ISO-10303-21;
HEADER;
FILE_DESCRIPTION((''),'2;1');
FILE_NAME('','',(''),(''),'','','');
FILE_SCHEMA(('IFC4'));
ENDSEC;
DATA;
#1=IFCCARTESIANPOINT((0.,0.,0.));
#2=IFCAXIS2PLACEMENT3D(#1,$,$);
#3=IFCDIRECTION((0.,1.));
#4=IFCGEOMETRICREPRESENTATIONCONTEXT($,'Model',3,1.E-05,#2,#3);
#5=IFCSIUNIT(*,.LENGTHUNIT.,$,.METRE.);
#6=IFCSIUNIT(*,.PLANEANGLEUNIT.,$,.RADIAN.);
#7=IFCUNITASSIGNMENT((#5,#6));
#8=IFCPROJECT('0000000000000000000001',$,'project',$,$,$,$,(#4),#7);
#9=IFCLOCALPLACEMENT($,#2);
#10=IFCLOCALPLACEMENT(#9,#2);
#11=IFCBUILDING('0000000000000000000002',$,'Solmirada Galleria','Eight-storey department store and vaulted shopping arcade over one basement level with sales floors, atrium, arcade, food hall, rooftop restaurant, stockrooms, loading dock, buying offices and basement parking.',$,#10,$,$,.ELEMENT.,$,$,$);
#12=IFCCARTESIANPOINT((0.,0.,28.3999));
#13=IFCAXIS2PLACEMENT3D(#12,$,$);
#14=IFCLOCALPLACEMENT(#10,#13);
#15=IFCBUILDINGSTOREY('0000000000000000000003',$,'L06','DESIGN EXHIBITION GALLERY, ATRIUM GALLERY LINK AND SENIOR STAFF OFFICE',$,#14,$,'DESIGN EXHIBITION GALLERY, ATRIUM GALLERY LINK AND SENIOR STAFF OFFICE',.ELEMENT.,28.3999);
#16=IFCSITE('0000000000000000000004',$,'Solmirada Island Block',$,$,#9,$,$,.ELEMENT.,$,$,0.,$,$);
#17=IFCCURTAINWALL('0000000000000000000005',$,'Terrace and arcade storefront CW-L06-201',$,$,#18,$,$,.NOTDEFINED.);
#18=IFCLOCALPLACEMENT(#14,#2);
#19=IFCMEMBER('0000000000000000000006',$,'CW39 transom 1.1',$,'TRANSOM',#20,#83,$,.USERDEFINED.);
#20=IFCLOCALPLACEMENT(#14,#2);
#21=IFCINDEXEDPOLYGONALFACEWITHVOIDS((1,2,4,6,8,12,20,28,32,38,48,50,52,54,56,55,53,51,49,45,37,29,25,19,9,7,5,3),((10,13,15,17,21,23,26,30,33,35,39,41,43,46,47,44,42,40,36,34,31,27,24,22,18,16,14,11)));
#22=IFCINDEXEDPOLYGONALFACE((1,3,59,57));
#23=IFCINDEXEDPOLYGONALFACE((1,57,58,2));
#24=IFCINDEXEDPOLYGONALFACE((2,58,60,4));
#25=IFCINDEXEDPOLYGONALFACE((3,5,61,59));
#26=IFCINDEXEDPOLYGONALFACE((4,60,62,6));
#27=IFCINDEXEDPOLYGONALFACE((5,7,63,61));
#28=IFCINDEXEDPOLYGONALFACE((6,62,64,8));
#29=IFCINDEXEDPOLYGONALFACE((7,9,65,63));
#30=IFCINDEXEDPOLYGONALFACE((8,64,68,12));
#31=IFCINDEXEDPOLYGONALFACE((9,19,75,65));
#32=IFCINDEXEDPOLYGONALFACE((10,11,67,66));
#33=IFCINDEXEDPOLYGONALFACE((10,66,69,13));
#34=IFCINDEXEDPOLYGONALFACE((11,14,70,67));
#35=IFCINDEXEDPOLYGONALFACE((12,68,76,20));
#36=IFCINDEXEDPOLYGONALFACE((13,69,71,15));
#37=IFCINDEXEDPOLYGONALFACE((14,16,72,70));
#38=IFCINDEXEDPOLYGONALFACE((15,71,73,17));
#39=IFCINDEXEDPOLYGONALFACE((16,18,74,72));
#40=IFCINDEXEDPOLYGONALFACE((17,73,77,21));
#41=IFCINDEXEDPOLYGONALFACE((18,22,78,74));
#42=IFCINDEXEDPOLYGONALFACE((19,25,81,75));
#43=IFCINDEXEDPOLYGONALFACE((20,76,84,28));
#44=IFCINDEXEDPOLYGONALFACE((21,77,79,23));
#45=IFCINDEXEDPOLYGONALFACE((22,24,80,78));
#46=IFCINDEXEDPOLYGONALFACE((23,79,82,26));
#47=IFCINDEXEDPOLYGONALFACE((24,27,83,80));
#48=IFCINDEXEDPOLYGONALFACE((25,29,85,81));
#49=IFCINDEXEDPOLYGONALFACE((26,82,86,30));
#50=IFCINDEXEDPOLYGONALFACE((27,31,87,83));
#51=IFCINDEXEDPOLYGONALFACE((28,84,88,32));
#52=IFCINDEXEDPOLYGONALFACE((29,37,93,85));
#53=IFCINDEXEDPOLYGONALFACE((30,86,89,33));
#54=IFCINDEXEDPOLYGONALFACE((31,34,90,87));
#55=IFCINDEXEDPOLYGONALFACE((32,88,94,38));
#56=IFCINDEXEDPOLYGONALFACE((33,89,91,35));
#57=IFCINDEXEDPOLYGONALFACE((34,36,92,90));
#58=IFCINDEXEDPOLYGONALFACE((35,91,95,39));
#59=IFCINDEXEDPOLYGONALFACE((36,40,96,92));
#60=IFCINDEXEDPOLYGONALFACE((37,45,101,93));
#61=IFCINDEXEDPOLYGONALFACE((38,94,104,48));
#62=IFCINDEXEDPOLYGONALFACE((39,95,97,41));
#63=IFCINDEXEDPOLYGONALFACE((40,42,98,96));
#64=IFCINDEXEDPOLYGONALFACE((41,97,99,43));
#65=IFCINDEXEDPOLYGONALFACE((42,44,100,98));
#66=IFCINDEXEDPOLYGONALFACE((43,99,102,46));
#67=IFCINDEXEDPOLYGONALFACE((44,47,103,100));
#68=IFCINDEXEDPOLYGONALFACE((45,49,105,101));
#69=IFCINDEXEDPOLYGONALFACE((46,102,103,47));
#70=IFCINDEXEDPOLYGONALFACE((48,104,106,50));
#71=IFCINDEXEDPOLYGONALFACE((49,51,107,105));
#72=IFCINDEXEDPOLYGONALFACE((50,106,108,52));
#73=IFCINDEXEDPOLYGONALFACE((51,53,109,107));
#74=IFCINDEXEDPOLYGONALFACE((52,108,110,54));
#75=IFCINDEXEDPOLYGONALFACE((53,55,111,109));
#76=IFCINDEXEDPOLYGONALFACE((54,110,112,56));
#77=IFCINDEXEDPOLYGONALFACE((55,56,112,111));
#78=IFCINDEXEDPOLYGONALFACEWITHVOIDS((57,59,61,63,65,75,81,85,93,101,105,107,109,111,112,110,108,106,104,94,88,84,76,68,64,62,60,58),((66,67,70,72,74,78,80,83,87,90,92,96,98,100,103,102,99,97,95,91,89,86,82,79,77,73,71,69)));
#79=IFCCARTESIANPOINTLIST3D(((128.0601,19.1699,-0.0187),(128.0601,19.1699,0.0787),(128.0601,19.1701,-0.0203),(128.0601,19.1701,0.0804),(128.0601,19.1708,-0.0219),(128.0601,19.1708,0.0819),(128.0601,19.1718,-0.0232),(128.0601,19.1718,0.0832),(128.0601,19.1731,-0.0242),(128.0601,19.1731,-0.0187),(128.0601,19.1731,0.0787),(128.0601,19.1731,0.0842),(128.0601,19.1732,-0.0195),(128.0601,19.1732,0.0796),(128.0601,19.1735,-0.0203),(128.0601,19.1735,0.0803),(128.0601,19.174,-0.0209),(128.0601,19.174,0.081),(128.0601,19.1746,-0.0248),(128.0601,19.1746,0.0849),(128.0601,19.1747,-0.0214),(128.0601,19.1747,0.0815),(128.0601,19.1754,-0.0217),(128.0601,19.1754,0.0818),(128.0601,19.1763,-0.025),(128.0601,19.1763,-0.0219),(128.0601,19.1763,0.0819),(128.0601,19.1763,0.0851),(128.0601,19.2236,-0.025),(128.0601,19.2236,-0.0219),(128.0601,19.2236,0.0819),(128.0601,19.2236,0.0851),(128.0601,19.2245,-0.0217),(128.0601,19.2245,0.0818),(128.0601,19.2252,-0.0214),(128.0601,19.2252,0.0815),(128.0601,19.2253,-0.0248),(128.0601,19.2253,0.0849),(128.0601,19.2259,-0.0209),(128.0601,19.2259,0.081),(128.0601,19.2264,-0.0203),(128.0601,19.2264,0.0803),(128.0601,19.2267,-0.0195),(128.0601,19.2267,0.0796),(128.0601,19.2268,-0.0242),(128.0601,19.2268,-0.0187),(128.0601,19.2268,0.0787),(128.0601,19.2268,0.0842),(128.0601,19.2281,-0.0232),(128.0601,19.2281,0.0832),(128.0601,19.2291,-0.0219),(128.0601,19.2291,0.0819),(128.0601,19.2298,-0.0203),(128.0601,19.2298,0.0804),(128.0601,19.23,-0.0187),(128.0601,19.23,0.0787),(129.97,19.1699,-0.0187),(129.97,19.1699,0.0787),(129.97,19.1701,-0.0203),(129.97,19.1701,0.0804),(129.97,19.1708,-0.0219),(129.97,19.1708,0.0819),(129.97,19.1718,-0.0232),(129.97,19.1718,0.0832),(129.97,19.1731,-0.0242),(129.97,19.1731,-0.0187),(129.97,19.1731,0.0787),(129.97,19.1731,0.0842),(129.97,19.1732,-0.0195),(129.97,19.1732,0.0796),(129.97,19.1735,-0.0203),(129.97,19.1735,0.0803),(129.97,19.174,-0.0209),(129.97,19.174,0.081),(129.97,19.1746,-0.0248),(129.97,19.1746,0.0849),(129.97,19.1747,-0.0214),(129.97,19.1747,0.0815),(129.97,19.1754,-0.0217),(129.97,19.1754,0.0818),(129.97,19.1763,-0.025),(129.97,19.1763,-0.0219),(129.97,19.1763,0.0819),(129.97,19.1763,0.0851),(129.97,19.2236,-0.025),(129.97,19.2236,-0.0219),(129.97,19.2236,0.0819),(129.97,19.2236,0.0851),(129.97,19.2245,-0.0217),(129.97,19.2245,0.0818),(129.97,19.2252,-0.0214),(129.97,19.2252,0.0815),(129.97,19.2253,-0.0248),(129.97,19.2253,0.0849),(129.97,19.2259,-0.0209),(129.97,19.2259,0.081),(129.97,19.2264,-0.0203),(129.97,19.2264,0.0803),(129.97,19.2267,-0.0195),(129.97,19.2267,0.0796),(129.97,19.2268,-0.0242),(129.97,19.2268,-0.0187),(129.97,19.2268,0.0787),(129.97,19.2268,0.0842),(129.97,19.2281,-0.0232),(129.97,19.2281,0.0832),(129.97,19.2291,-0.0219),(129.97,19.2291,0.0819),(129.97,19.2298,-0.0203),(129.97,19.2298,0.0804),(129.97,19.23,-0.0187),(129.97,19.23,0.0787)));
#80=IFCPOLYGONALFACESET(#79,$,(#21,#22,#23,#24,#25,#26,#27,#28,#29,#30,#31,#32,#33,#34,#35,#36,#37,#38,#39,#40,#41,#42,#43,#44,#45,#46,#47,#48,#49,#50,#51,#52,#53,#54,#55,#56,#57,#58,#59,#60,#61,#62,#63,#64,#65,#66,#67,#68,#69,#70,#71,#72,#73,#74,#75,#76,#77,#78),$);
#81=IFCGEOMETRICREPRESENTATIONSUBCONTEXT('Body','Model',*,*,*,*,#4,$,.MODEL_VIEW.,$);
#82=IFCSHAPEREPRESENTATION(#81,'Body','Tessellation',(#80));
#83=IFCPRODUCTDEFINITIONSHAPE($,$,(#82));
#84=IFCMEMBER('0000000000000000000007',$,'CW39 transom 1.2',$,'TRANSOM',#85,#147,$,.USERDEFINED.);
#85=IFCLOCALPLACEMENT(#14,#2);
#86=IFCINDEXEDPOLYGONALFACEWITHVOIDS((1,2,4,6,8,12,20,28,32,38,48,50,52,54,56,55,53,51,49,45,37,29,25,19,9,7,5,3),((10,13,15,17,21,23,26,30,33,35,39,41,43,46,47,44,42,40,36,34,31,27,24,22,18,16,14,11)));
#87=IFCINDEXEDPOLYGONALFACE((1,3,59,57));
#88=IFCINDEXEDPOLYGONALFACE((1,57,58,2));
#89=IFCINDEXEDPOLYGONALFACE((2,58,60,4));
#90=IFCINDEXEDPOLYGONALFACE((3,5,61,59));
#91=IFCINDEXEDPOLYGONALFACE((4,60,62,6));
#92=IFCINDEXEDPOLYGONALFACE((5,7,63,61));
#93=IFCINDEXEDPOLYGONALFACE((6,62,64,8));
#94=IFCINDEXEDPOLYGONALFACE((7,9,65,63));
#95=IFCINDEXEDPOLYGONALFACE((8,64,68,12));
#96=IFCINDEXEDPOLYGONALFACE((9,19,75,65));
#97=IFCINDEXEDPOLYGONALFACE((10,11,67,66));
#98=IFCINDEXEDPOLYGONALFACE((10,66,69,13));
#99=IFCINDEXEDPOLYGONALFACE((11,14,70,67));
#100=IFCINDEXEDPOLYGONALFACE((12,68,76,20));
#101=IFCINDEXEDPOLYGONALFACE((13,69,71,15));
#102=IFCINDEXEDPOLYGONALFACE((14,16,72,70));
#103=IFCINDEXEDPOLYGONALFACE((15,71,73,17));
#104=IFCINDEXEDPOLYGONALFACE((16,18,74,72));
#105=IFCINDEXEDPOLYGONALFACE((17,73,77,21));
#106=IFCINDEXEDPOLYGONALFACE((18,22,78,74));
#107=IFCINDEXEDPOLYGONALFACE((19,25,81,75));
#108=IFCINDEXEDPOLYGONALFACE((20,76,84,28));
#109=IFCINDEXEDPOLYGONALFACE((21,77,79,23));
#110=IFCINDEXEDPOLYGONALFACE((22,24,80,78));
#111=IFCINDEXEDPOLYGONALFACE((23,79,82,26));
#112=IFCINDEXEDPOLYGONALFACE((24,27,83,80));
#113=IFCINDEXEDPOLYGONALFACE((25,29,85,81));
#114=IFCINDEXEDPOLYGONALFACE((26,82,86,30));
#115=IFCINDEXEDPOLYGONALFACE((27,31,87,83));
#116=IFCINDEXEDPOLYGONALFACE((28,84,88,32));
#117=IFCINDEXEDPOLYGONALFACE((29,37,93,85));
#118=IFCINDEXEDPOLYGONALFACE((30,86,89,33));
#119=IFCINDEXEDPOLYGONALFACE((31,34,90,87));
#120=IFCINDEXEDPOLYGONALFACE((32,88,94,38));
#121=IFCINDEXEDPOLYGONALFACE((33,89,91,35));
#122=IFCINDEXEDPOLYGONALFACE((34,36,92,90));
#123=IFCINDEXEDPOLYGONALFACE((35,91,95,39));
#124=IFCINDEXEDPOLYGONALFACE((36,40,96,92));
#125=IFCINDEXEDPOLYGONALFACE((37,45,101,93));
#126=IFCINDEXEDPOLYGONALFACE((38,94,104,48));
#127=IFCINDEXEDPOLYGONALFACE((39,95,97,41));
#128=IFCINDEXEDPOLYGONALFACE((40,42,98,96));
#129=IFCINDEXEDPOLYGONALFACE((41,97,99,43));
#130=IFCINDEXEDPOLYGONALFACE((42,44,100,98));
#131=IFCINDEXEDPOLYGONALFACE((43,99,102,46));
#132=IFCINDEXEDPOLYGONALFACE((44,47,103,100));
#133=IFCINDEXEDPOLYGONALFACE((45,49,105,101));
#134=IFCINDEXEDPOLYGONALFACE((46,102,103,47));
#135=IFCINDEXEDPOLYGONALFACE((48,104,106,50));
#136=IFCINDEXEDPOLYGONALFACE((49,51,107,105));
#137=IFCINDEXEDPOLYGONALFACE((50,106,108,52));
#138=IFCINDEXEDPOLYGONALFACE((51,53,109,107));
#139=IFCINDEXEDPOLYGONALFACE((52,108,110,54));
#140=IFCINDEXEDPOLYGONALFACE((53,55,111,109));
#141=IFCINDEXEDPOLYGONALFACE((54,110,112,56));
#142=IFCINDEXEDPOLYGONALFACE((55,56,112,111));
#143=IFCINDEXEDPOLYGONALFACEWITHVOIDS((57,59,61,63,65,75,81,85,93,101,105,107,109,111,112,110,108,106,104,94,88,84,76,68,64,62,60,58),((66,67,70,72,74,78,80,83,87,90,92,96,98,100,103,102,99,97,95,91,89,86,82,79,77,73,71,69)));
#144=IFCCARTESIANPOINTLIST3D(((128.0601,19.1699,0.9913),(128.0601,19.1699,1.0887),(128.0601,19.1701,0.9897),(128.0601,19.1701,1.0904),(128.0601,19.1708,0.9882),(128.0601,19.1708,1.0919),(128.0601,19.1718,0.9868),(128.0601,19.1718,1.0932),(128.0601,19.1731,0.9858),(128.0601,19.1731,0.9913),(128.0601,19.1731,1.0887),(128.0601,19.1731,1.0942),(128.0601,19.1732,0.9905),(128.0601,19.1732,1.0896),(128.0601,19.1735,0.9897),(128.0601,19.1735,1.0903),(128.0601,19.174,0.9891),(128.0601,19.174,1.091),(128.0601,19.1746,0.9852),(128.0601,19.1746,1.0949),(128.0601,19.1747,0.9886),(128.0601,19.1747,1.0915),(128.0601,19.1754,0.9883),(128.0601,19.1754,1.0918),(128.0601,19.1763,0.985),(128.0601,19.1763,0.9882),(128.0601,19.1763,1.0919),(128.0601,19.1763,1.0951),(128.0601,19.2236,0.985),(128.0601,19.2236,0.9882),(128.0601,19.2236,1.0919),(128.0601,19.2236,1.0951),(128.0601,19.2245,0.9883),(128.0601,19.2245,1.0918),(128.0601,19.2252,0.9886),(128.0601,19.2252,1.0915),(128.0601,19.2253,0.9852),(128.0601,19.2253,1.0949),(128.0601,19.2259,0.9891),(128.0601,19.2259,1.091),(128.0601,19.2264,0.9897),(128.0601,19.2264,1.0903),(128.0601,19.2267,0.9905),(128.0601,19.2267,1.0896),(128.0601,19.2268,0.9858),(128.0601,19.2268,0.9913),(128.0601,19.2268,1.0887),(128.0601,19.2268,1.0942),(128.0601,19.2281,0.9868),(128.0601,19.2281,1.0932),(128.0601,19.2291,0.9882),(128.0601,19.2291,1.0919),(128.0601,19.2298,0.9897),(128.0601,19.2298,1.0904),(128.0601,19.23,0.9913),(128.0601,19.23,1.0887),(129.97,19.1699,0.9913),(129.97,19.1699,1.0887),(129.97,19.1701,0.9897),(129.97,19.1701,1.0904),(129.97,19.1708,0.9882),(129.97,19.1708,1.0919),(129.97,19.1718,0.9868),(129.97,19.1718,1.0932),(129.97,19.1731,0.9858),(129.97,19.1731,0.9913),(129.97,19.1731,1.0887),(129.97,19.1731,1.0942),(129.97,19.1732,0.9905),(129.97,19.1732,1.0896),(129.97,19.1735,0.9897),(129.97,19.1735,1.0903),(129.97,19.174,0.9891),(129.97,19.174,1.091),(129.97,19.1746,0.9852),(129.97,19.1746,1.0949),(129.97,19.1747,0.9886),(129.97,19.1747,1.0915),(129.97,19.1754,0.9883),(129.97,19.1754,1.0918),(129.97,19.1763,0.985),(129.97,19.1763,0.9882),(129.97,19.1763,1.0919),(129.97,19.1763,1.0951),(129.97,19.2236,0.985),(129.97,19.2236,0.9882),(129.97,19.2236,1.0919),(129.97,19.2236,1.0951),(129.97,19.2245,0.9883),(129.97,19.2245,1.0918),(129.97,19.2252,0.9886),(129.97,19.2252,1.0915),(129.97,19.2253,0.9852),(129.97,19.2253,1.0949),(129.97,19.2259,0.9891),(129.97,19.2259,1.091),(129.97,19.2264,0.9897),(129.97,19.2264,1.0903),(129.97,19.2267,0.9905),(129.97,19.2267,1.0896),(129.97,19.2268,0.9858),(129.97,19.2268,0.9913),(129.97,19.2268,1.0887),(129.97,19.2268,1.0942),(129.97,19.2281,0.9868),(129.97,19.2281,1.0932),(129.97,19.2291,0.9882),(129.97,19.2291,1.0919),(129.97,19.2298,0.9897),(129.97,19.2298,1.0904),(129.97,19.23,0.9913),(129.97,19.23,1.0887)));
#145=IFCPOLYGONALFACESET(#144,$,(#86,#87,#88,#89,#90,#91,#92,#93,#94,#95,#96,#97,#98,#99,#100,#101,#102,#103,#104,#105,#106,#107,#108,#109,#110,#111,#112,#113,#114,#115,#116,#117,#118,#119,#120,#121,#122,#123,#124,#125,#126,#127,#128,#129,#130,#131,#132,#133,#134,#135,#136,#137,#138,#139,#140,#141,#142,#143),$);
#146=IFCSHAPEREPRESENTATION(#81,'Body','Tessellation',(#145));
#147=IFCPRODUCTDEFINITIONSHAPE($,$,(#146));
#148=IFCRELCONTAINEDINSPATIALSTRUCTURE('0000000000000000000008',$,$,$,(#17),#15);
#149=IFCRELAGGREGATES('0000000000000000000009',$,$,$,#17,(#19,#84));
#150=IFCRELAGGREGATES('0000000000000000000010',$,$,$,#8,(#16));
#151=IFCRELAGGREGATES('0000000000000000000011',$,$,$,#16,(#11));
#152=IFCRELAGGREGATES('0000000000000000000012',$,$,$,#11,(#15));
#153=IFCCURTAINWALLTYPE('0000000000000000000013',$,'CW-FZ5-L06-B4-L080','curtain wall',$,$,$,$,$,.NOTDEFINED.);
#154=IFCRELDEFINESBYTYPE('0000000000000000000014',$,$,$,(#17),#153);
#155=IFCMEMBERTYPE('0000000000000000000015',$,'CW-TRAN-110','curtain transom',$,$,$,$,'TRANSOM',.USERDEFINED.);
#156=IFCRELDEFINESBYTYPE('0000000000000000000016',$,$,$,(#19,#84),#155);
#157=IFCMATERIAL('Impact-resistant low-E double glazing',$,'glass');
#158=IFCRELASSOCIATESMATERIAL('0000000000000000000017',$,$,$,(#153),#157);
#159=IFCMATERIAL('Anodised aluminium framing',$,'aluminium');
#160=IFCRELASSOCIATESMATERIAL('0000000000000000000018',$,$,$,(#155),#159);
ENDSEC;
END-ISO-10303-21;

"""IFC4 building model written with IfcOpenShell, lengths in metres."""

from ifc_helpers import new_model, si_unit, direction, frame, origin, origin_2d, place, context, subcontext, project, spatial, hollow_rectangle, extrude, material, material_profile, profile_set, type_object, element, aggregate, save


model = new_model("IFC4")

# Units and contexts
model_context = context("Model", 3, precision=1e-05, world=origin(), true_north=direction((0.0, 1.0)))
body_context = subcontext(model_context, "Body", "Model", "MODEL_VIEW")
ifc_project = project(units=[si_unit("LENGTHUNIT", "METRE"), si_unit("PLANEANGLEUNIT", "RADIAN")], contexts=[model_context])

# Site, building, storey
site_placement = place(None, origin())
site = spatial("IfcSite", under=ifc_project, at=site_placement, Name="Solmirada Island Block", CompositionType="ELEMENT", RefElevation=0.0)
building_placement = place(site_placement, origin())
building = spatial("IfcBuilding", under=site, at=building_placement, Name="Solmirada Galleria", Description="Eight-storey department store and vaulted shopping arcade over one basement level with sales floors, atrium, arcade, food hall, rooftop restaurant, stockrooms, loading dock, buying offices and basement parking.", CompositionType="ELEMENT")
storey_placement = place(building_placement, frame((0.0, 0.0, 28.3999)))
storey = spatial("IfcBuildingStorey", under=building, at=storey_placement, Name="L06", Description="DESIGN EXHIBITION GALLERY, ATRIUM GALLERY LINK AND SENIOR STAFF OFFICE", LongName="DESIGN EXHIBITION GALLERY, ATRIUM GALLERY LINK AND SENIOR STAFF OFFICE", CompositionType="ELEMENT", Elevation=28.3999)

# Shared definitions
ifc_material_1 = material(Name="Impact-resistant low-E double glazing", Category="glass")
curtain_wall_type = type_object("IfcCurtainWallType", Name="CW-FZ5-L06-B4-L080", Description="curtain wall", PredefinedType="NOTDEFINED", material=ifc_material_1)
ifc_material_2 = material(Name="Anodised aluminium framing", Category="aluminium")

# Curtain wall, members
curtain_wall_1_placement = place(storey_placement, origin())
curtain_wall_1 = element("IfcCurtainWall", 1, at=curtain_wall_1_placement, inside=storey, type_object=curtain_wall_type, Name="Terrace and arcade storefront CW-L06-201", PredefinedType="NOTDEFINED")
ifc_material_profile_1 = material_profile(ifc_material_2, hollow_rectangle(XDim=0.0601, YDim=0.1101, WallThickness=0.0032, InnerFilletRadius=0.0032, OuterFilletRadius=0.0063, at=origin_2d()), Name="ALU-TRAN-110X60")
ifc_profile_set_1 = profile_set([ifc_material_profile_1], Name="Anodised aluminium framing")
member_type_1 = type_object("IfcMemberType", Name="CW-TRAN-110", Description="curtain transom", ElementType="TRANSOM", PredefinedType="USERDEFINED", material=ifc_profile_set_1)
member_1_placement = place(storey_placement, frame((128.0601, 19.2, 0.03), z_axis=(1.0, 0.0, 0.0), x_axis=(0.0, 1.0, 0.0)))
member_1 = element("IfcMember", 2, at=member_1_placement, type_object=member_type_1, Name="CW39 transom 1.1", ObjectType="TRANSOM", PredefinedType="USERDEFINED", context=body_context, shape_type="SweptSolid", body=[
    extrude(hollow_rectangle(XDim=0.0601, YDim=0.1101, WallThickness=0.0032, InnerFilletRadius=0.0032, OuterFilletRadius=0.0063, at=origin_2d()), origin(), (0.0, 0.0, 1.0), 1.9099),
])
member_2_placement = place(storey_placement, frame((128.0601, 19.2, 1.04), z_axis=(1.0, 0.0, 0.0), x_axis=(0.0, 1.0, 0.0)))
member_2 = element("IfcMember", 3, at=member_2_placement, type_object=member_type_1, Name="CW39 transom 1.2", ObjectType="TRANSOM", PredefinedType="USERDEFINED", context=body_context, shape_type="SweptSolid", body=[
    extrude(hollow_rectangle(XDim=0.0601, YDim=0.1101, WallThickness=0.0032, InnerFilletRadius=0.0032, OuterFilletRadius=0.0063, at=origin_2d()), origin(), (0.0, 0.0, 1.0), 1.9099),
])

aggregate(curtain_wall_1, [member_1, member_2])

save(model, "model.ifc")
